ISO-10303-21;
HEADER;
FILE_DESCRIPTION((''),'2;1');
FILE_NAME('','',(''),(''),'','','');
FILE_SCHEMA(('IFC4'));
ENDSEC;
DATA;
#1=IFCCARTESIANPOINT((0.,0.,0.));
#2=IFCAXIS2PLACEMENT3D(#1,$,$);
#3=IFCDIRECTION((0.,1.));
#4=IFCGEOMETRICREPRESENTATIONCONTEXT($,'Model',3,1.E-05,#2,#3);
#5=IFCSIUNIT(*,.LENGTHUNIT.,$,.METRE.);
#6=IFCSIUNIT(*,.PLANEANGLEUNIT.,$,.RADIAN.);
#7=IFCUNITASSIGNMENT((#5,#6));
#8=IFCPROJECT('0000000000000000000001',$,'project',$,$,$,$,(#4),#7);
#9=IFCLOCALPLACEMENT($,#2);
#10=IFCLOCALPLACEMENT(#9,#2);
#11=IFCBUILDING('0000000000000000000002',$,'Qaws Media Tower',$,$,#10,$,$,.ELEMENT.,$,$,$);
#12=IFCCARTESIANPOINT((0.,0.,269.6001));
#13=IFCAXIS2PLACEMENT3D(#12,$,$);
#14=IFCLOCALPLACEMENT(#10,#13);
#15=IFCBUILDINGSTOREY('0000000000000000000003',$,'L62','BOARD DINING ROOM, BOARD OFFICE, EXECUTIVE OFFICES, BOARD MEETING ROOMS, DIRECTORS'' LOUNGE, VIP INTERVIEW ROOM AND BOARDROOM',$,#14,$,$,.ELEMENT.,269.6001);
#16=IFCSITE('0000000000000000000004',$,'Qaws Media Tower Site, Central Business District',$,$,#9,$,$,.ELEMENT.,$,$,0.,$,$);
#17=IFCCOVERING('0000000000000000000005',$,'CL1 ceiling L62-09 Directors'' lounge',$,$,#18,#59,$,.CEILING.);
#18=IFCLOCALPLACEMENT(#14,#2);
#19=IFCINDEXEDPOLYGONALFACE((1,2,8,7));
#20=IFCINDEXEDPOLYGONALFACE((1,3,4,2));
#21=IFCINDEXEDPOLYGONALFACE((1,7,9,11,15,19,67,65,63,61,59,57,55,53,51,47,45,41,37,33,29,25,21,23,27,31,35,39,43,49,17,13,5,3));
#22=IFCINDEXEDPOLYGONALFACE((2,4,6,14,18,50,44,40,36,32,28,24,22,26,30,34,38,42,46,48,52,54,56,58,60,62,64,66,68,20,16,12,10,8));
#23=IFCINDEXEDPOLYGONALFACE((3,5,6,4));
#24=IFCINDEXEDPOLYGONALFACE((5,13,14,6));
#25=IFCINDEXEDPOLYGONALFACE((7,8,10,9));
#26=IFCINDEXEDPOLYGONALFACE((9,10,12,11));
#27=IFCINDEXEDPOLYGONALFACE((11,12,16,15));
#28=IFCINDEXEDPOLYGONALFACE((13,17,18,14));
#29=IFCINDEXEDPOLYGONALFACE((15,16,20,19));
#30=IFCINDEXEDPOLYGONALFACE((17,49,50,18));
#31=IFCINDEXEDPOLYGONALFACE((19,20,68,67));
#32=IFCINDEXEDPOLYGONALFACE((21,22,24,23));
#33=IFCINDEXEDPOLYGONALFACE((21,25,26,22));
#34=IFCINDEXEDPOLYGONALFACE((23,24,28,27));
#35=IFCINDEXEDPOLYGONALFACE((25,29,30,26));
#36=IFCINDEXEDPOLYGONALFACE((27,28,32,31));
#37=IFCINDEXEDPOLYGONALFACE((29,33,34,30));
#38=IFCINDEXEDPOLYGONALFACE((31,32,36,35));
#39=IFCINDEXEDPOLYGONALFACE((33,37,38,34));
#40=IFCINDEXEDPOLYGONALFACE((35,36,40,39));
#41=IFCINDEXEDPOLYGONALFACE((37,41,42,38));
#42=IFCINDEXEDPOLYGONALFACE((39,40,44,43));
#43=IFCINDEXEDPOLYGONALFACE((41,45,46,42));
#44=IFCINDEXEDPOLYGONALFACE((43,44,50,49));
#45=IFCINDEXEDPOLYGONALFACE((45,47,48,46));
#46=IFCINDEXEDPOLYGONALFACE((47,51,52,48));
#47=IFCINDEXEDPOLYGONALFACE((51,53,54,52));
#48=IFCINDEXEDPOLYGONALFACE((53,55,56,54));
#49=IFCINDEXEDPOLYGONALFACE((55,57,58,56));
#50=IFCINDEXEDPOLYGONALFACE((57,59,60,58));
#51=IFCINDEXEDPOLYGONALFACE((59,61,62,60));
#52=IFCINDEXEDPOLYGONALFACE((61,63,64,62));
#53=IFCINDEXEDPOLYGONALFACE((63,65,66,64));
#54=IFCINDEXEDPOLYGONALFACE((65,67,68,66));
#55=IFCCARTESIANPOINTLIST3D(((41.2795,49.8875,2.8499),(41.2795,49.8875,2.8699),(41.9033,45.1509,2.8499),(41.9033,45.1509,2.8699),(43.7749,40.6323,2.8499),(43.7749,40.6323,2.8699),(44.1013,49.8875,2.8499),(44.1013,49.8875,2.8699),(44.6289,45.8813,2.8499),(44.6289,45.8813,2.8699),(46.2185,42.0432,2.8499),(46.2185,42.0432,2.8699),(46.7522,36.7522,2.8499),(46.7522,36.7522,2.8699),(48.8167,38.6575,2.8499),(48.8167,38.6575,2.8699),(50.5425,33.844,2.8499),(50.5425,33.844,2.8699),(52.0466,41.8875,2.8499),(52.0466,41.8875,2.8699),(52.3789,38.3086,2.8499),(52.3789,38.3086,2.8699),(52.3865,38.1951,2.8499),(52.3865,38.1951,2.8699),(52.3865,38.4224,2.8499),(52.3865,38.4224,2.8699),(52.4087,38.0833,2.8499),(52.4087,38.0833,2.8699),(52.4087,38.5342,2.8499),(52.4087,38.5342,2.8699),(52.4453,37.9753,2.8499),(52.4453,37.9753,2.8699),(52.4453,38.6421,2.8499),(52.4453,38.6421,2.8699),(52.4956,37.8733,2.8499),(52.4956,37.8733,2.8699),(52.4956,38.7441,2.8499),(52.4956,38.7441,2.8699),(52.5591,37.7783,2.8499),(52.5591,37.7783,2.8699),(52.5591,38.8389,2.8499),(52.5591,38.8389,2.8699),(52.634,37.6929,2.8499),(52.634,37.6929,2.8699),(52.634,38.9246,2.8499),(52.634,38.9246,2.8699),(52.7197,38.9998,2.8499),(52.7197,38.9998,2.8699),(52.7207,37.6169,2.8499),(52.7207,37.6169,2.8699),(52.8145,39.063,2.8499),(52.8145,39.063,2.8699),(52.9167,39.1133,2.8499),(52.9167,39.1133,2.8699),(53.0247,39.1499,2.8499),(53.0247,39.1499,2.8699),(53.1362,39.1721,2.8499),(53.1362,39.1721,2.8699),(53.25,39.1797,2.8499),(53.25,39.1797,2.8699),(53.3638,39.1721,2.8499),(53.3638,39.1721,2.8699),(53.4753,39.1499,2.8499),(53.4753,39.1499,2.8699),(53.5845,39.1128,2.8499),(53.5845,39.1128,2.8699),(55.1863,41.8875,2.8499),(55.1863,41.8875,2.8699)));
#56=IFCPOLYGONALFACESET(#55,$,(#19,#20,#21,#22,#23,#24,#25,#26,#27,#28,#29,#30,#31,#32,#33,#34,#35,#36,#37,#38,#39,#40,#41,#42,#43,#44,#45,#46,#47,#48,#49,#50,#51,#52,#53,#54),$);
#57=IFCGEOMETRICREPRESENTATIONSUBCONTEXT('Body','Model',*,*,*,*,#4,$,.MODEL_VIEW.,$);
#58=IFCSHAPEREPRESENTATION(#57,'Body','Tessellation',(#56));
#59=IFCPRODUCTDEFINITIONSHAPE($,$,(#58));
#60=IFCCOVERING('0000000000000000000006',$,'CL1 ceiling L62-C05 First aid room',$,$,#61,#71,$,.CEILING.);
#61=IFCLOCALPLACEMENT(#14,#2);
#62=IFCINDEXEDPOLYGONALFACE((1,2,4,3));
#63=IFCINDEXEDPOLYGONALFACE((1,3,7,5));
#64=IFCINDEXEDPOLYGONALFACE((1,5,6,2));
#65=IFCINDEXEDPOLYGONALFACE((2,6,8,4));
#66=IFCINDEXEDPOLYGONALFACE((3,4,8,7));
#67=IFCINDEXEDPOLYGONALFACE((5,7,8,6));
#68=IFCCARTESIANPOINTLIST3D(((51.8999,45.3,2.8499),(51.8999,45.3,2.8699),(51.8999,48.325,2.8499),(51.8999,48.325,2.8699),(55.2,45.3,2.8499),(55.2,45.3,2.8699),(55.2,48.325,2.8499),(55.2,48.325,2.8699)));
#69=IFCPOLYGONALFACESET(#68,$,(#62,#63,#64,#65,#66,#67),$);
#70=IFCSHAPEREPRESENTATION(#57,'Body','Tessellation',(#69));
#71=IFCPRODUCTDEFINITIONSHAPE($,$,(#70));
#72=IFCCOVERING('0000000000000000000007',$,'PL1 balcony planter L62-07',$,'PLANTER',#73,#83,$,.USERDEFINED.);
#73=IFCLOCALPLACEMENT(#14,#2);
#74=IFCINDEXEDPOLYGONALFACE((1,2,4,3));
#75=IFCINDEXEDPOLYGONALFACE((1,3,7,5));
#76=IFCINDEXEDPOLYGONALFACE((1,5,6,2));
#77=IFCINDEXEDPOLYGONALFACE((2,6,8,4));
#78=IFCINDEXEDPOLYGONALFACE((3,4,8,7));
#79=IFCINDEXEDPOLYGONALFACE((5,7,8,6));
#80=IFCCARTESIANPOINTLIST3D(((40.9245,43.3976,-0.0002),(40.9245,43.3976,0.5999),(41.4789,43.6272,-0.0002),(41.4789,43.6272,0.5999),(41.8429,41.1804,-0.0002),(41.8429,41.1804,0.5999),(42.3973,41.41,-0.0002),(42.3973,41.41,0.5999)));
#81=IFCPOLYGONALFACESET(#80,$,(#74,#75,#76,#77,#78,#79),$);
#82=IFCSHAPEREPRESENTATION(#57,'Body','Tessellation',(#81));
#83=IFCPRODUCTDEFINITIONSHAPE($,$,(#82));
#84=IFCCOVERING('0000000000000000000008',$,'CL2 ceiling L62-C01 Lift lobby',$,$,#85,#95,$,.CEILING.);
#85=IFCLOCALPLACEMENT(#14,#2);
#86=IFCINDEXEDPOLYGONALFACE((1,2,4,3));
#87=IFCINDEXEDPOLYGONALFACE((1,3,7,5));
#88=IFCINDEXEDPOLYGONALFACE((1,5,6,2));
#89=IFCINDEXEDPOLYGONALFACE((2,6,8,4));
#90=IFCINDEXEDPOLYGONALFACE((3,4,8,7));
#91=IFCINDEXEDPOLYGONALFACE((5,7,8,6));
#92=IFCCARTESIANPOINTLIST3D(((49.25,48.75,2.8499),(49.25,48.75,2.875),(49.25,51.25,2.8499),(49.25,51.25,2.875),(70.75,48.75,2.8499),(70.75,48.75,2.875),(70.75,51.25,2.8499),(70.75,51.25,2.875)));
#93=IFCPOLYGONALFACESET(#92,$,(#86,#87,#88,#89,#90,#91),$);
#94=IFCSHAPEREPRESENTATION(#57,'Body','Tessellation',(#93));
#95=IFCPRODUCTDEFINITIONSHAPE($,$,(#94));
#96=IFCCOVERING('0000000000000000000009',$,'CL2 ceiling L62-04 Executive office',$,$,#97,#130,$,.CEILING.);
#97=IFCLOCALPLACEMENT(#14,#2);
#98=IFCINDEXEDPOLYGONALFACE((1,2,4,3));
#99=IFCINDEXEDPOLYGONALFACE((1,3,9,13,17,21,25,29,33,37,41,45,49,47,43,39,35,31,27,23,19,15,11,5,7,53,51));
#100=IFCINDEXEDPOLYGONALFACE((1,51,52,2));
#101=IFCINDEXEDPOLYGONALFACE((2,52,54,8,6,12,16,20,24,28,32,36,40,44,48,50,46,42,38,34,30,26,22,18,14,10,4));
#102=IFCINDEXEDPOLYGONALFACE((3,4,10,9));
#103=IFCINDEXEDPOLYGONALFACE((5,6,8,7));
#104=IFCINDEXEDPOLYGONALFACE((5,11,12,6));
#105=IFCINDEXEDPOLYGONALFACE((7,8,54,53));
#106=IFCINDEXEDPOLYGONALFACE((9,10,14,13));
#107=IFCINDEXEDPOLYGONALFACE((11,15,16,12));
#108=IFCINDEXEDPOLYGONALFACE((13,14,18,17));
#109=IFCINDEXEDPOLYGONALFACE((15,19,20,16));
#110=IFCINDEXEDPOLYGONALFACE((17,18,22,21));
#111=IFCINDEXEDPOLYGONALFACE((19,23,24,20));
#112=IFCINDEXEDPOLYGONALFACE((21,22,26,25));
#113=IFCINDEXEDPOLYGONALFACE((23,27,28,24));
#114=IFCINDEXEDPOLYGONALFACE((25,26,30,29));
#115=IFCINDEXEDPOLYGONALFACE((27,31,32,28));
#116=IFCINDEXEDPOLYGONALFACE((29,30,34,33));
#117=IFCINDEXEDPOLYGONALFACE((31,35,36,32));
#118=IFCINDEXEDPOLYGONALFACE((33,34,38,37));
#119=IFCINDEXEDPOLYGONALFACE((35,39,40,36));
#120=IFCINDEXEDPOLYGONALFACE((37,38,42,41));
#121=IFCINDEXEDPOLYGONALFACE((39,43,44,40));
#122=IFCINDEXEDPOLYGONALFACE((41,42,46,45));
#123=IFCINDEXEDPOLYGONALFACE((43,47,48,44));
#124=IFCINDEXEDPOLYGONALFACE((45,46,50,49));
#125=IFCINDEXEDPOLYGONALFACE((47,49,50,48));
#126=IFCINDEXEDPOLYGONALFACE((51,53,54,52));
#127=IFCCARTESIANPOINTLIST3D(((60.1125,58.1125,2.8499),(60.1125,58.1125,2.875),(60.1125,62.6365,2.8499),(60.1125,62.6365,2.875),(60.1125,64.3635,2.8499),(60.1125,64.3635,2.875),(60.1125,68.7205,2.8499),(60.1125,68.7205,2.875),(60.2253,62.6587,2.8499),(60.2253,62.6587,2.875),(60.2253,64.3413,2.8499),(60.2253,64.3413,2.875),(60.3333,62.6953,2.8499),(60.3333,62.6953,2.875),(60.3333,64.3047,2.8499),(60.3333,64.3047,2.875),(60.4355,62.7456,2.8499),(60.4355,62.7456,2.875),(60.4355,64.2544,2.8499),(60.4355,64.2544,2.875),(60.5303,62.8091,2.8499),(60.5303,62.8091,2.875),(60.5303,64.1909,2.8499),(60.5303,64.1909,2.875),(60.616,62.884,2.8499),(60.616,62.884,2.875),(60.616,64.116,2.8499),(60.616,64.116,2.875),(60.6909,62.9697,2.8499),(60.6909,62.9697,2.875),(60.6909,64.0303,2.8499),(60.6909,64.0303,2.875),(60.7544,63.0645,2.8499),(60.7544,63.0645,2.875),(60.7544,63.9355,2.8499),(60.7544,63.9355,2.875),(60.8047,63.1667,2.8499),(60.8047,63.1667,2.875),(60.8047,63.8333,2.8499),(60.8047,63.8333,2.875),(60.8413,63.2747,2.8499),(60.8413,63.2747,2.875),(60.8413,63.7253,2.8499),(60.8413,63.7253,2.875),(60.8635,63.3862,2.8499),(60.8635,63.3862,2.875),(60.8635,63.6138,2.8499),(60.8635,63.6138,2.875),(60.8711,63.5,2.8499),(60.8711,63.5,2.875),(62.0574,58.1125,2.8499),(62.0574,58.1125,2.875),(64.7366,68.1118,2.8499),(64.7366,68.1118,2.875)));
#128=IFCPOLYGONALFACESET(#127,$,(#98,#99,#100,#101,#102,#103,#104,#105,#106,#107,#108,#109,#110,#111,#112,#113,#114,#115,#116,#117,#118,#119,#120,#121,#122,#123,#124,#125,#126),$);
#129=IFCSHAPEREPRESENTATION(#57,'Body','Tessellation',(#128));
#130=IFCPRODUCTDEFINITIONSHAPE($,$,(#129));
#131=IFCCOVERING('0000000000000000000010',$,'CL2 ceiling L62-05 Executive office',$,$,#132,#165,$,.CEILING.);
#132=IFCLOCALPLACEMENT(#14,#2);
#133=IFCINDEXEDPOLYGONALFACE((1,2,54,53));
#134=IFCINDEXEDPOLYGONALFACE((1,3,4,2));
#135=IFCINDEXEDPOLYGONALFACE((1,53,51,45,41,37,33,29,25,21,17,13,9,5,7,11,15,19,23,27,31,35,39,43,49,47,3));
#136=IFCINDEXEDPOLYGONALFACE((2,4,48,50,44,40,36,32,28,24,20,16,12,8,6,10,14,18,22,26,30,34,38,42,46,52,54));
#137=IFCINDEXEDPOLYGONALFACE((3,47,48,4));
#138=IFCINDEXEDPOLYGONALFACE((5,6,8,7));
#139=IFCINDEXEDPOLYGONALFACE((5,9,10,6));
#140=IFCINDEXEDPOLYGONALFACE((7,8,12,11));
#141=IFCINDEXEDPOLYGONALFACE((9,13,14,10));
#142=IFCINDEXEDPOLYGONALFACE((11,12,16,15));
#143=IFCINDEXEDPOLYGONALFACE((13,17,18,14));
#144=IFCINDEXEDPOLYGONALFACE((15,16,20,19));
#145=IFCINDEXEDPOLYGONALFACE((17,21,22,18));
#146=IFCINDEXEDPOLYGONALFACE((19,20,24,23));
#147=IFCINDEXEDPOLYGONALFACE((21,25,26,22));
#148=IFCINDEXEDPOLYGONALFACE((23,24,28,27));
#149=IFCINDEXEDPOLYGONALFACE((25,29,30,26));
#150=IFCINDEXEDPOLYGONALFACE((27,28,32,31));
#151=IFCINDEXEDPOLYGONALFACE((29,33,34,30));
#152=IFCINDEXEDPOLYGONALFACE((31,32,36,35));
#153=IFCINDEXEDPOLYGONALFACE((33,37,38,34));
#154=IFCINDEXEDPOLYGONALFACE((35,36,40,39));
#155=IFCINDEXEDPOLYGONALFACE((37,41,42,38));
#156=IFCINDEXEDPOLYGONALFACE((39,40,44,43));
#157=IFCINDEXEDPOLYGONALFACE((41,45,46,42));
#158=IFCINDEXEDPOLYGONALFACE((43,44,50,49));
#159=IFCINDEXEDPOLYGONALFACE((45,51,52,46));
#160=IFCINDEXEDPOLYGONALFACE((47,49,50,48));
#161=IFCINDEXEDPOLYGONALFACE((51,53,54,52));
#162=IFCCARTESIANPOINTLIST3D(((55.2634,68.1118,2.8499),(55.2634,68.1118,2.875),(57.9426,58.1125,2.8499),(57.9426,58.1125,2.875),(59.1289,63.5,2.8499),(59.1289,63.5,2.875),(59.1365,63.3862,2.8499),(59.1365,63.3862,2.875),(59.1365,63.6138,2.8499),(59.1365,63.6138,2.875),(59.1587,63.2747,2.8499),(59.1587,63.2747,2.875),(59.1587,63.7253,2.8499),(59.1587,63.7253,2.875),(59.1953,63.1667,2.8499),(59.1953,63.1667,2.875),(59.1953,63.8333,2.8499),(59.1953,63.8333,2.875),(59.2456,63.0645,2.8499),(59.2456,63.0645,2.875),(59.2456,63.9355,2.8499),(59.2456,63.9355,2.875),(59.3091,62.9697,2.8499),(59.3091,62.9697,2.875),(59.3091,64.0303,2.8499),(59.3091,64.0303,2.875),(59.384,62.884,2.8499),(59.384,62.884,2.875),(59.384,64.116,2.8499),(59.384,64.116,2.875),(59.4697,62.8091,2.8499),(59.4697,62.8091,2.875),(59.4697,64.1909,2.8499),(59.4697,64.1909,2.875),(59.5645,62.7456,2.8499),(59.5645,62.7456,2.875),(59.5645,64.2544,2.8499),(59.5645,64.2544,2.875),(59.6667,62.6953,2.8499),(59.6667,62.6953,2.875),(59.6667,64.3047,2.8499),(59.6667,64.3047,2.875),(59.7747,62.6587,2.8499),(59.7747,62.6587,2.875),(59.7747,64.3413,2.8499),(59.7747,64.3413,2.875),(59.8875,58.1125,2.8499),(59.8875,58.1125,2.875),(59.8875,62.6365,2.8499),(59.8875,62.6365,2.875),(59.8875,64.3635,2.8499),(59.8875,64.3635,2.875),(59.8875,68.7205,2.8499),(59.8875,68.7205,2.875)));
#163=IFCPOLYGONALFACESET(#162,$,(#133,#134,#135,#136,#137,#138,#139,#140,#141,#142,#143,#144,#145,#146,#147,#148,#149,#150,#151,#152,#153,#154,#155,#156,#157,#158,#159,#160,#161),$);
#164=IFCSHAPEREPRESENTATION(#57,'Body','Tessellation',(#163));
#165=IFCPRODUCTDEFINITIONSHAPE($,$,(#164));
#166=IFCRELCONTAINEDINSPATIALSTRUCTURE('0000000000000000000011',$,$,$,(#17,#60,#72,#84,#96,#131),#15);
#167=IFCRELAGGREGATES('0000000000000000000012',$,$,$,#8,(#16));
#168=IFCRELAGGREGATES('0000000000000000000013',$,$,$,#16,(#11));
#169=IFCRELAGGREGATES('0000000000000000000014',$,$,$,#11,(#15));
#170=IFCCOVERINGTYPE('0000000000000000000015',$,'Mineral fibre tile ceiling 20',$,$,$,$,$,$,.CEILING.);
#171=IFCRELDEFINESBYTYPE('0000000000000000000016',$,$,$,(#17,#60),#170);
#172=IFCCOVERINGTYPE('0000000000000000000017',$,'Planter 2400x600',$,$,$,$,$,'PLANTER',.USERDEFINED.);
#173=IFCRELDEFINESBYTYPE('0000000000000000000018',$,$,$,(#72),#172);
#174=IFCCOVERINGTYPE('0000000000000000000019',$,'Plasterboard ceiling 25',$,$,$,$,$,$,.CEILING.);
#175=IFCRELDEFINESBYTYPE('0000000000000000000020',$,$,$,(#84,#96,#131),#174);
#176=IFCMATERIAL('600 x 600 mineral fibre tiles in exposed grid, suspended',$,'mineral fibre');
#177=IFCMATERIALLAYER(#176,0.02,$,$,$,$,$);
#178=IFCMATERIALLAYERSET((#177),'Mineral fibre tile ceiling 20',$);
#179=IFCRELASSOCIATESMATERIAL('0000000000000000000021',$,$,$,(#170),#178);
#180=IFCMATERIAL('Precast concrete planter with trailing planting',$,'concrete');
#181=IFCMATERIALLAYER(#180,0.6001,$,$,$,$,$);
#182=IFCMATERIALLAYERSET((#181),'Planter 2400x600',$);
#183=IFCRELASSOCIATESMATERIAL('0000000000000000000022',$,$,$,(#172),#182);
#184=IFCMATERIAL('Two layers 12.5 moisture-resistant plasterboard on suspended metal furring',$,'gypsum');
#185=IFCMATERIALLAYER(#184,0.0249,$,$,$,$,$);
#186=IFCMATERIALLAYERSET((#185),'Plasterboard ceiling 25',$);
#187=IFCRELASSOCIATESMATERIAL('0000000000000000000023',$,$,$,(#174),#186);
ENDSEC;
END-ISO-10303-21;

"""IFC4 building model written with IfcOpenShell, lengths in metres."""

from ifc_helpers import new_model, si_unit, direction, frame, origin, origin_2d, place, context, subcontext, project, spatial, polyline, rectangle, outline, extrude, material, layer, layer_set, type_object, element, save


model = new_model("IFC4")

# Units and contexts
model_context = context("Model", 3, precision=1e-05, world=origin(), true_north=direction((0.0, 1.0)))
body_context = subcontext(model_context, "Body", "Model", "MODEL_VIEW")
ifc_project = project(units=[si_unit("LENGTHUNIT", "METRE"), si_unit("PLANEANGLEUNIT", "RADIAN")], contexts=[model_context])

# Site, building, storey
site_placement = place(None, origin())
site = spatial("IfcSite", under=ifc_project, at=site_placement, Name="Qaws Media Tower Site, Central Business District", CompositionType="ELEMENT", RefElevation=0.0)
building_placement = place(site_placement, origin())
building = spatial("IfcBuilding", under=site, at=building_placement, Name="Qaws Media Tower", CompositionType="ELEMENT")
storey_placement = place(building_placement, frame((0.0, 0.0, 269.6001)))
storey = spatial("IfcBuildingStorey", under=building, at=storey_placement, Name="L62", Description="BOARD DINING ROOM, BOARD OFFICE, EXECUTIVE OFFICES, BOARD MEETING ROOMS, DIRECTORS' LOUNGE, VIP INTERVIEW ROOM AND BOARDROOM", CompositionType="ELEMENT", Elevation=269.6001)

# Coverings
ifc_material_1 = material(Name="600 x 600 mineral fibre tiles in exposed grid, suspended", Category="mineral fibre")
ifc_layer_1 = layer(ifc_material_1, 0.02)
ifc_layer_set_1 = layer_set([ifc_layer_1], Name="Mineral fibre tile ceiling 20")
covering_type_1 = type_object("IfcCoveringType", Name="Mineral fibre tile ceiling 20", PredefinedType="CEILING", material=ifc_layer_set_1)
covering_1_placement = place(storey_placement, frame((0.0, 0.0, 2.8499)))
element("IfcCovering", 1, at=covering_1_placement, inside=storey, type_object=covering_type_1, Name="CL1 ceiling L62-09 Directors' lounge", PredefinedType="CEILING", context=body_context, shape_type="SweptSolid", body=[
    extrude(outline(polyline([(46.7522, 36.7522), (43.7749, 40.6323), (41.9033, 45.1509), (41.2795, 49.8875), (44.1013, 49.8875), (44.6289, 45.8813), (46.2185, 42.0432), (48.8167, 38.6575), (52.0466, 41.8875), (55.1863, 41.8875), (53.5845, 39.1128), (53.4753, 39.1499), (53.3638, 39.1721), (53.25, 39.1797), (53.1362, 39.1721), (53.0247, 39.1499), (52.9167, 39.1133), (52.8145, 39.063), (52.7197, 38.9998), (52.634, 38.9246), (52.5591, 38.8389), (52.4956, 38.7441), (52.4453, 38.6421), (52.4087, 38.5342), (52.3865, 38.4224), (52.3789, 38.3086), (52.3865, 38.1951), (52.4087, 38.0833), (52.4453, 37.9753), (52.4956, 37.8733), (52.5591, 37.7783), (52.634, 37.6929), (52.7207, 37.6169), (50.5425, 33.844), (46.7522, 36.7522)])), origin(), (0.0, 0.0, 1.0), 0.02),
])
covering_2_placement = place(storey_placement, frame((0.0, 0.0, 2.8499)))
element("IfcCovering", 2, at=covering_2_placement, inside=storey, type_object=covering_type_1, Name="CL1 ceiling L62-C05 First aid room", PredefinedType="CEILING", context=body_context, shape_type="SweptSolid", body=[
    extrude(outline(polyline([(51.8999, 45.3), (51.8999, 48.325), (55.2, 48.325), (55.2, 45.3), (51.8999, 45.3)])), origin(), (0.0, 0.0, 1.0), 0.02),
])
ifc_material_2 = material(Name="Precast concrete planter with trailing planting", Category="concrete")
ifc_layer_2 = layer(ifc_material_2, 0.6001)
ifc_layer_set_2 = layer_set([ifc_layer_2], Name="Planter 2400x600")
covering_type_2 = type_object("IfcCoveringType", Name="Planter 2400x600", ElementType="PLANTER", PredefinedType="USERDEFINED", material=ifc_layer_set_2)
covering_3_placement = place(storey_placement, frame((41.6609, 42.4038, -0.0002), z_axis=(0.0, 0.0, 1.0), x_axis=(0.382683, -0.92388, 0.0)))
element("IfcCovering", 3, at=covering_3_placement, inside=storey, type_object=covering_type_2, Name="PL1 balcony planter L62-07", ObjectType="PLANTER", PredefinedType="USERDEFINED", context=body_context, shape_type="SweptSolid", body=[
    extrude(rectangle(XDim=2.3999, YDim=0.6001, at=origin_2d()), origin(), (0.0, 0.0, 1.0), 0.6001),
])
ifc_material_3 = material(Name="Two layers 12.5 moisture-resistant plasterboard on suspended metal furring", Category="gypsum")
ifc_layer_3 = layer(ifc_material_3, 0.0249)
ifc_layer_set_3 = layer_set([ifc_layer_3], Name="Plasterboard ceiling 25")
covering_type_3 = type_object("IfcCoveringType", Name="Plasterboard ceiling 25", PredefinedType="CEILING", material=ifc_layer_set_3)
covering_4_placement = place(storey_placement, frame((0.0, 0.0, 2.8499)))
element("IfcCovering", 4, at=covering_4_placement, inside=storey, type_object=covering_type_3, Name="CL2 ceiling L62-C01 Lift lobby", PredefinedType="CEILING", context=body_context, shape_type="SweptSolid", body=[
    extrude(outline(polyline([(49.25, 48.75), (49.25, 51.25), (70.75, 51.25), (70.75, 48.75), (49.25, 48.75)])), origin(), (0.0, 0.0, 1.0), 0.0251),
])
covering_5_placement = place(storey_placement, frame((0.0, 0.0, 2.8499)))
element("IfcCovering", 5, at=covering_5_placement, inside=storey, type_object=covering_type_3, Name="CL2 ceiling L62-04 Executive office", PredefinedType="CEILING", context=body_context, shape_type="SweptSolid", body=[
    extrude(outline(polyline([(64.7366, 68.1118), (62.0574, 58.1125), (60.1125, 58.1125), (60.1125, 62.6365), (60.2253, 62.6587), (60.3333, 62.6953), (60.4355, 62.7456), (60.5303, 62.8091), (60.616, 62.884), (60.6909, 62.9697), (60.7544, 63.0645), (60.8047, 63.1667), (60.8413, 63.2747), (60.8635, 63.3862), (60.8711, 63.5), (60.8635, 63.6138), (60.8413, 63.7253), (60.8047, 63.8333), (60.7544, 63.9355), (60.6909, 64.0303), (60.616, 64.116), (60.5303, 64.1909), (60.4355, 64.2544), (60.3333, 64.3047), (60.2253, 64.3413), (60.1125, 64.3635), (60.1125, 68.7205), (64.7366, 68.1118)])), origin(), (0.0, 0.0, 1.0), 0.0251),
])
covering_6_placement = place(storey_placement, frame((0.0, 0.0, 2.8499)))
element("IfcCovering", 6, at=covering_6_placement, inside=storey, type_object=covering_type_3, Name="CL2 ceiling L62-05 Executive office", PredefinedType="CEILING", context=body_context, shape_type="SweptSolid", body=[
    extrude(outline(polyline([(59.8875, 68.7205), (59.8875, 64.3635), (59.7747, 64.3413), (59.6667, 64.3047), (59.5645, 64.2544), (59.4697, 64.1909), (59.384, 64.116), (59.3091, 64.0303), (59.2456, 63.9355), (59.1953, 63.8333), (59.1587, 63.7253), (59.1365, 63.6138), (59.1289, 63.5), (59.1365, 63.3862), (59.1587, 63.2747), (59.1953, 63.1667), (59.2456, 63.0645), (59.3091, 62.9697), (59.384, 62.884), (59.4697, 62.8091), (59.5645, 62.7456), (59.6667, 62.6953), (59.7747, 62.6587), (59.8875, 62.6365), (59.8875, 58.1125), (57.9426, 58.1125), (55.2634, 68.1118), (59.8875, 68.7205)])), origin(), (0.0, 0.0, 1.0), 0.0251),
])

save(model, "model.ifc")
